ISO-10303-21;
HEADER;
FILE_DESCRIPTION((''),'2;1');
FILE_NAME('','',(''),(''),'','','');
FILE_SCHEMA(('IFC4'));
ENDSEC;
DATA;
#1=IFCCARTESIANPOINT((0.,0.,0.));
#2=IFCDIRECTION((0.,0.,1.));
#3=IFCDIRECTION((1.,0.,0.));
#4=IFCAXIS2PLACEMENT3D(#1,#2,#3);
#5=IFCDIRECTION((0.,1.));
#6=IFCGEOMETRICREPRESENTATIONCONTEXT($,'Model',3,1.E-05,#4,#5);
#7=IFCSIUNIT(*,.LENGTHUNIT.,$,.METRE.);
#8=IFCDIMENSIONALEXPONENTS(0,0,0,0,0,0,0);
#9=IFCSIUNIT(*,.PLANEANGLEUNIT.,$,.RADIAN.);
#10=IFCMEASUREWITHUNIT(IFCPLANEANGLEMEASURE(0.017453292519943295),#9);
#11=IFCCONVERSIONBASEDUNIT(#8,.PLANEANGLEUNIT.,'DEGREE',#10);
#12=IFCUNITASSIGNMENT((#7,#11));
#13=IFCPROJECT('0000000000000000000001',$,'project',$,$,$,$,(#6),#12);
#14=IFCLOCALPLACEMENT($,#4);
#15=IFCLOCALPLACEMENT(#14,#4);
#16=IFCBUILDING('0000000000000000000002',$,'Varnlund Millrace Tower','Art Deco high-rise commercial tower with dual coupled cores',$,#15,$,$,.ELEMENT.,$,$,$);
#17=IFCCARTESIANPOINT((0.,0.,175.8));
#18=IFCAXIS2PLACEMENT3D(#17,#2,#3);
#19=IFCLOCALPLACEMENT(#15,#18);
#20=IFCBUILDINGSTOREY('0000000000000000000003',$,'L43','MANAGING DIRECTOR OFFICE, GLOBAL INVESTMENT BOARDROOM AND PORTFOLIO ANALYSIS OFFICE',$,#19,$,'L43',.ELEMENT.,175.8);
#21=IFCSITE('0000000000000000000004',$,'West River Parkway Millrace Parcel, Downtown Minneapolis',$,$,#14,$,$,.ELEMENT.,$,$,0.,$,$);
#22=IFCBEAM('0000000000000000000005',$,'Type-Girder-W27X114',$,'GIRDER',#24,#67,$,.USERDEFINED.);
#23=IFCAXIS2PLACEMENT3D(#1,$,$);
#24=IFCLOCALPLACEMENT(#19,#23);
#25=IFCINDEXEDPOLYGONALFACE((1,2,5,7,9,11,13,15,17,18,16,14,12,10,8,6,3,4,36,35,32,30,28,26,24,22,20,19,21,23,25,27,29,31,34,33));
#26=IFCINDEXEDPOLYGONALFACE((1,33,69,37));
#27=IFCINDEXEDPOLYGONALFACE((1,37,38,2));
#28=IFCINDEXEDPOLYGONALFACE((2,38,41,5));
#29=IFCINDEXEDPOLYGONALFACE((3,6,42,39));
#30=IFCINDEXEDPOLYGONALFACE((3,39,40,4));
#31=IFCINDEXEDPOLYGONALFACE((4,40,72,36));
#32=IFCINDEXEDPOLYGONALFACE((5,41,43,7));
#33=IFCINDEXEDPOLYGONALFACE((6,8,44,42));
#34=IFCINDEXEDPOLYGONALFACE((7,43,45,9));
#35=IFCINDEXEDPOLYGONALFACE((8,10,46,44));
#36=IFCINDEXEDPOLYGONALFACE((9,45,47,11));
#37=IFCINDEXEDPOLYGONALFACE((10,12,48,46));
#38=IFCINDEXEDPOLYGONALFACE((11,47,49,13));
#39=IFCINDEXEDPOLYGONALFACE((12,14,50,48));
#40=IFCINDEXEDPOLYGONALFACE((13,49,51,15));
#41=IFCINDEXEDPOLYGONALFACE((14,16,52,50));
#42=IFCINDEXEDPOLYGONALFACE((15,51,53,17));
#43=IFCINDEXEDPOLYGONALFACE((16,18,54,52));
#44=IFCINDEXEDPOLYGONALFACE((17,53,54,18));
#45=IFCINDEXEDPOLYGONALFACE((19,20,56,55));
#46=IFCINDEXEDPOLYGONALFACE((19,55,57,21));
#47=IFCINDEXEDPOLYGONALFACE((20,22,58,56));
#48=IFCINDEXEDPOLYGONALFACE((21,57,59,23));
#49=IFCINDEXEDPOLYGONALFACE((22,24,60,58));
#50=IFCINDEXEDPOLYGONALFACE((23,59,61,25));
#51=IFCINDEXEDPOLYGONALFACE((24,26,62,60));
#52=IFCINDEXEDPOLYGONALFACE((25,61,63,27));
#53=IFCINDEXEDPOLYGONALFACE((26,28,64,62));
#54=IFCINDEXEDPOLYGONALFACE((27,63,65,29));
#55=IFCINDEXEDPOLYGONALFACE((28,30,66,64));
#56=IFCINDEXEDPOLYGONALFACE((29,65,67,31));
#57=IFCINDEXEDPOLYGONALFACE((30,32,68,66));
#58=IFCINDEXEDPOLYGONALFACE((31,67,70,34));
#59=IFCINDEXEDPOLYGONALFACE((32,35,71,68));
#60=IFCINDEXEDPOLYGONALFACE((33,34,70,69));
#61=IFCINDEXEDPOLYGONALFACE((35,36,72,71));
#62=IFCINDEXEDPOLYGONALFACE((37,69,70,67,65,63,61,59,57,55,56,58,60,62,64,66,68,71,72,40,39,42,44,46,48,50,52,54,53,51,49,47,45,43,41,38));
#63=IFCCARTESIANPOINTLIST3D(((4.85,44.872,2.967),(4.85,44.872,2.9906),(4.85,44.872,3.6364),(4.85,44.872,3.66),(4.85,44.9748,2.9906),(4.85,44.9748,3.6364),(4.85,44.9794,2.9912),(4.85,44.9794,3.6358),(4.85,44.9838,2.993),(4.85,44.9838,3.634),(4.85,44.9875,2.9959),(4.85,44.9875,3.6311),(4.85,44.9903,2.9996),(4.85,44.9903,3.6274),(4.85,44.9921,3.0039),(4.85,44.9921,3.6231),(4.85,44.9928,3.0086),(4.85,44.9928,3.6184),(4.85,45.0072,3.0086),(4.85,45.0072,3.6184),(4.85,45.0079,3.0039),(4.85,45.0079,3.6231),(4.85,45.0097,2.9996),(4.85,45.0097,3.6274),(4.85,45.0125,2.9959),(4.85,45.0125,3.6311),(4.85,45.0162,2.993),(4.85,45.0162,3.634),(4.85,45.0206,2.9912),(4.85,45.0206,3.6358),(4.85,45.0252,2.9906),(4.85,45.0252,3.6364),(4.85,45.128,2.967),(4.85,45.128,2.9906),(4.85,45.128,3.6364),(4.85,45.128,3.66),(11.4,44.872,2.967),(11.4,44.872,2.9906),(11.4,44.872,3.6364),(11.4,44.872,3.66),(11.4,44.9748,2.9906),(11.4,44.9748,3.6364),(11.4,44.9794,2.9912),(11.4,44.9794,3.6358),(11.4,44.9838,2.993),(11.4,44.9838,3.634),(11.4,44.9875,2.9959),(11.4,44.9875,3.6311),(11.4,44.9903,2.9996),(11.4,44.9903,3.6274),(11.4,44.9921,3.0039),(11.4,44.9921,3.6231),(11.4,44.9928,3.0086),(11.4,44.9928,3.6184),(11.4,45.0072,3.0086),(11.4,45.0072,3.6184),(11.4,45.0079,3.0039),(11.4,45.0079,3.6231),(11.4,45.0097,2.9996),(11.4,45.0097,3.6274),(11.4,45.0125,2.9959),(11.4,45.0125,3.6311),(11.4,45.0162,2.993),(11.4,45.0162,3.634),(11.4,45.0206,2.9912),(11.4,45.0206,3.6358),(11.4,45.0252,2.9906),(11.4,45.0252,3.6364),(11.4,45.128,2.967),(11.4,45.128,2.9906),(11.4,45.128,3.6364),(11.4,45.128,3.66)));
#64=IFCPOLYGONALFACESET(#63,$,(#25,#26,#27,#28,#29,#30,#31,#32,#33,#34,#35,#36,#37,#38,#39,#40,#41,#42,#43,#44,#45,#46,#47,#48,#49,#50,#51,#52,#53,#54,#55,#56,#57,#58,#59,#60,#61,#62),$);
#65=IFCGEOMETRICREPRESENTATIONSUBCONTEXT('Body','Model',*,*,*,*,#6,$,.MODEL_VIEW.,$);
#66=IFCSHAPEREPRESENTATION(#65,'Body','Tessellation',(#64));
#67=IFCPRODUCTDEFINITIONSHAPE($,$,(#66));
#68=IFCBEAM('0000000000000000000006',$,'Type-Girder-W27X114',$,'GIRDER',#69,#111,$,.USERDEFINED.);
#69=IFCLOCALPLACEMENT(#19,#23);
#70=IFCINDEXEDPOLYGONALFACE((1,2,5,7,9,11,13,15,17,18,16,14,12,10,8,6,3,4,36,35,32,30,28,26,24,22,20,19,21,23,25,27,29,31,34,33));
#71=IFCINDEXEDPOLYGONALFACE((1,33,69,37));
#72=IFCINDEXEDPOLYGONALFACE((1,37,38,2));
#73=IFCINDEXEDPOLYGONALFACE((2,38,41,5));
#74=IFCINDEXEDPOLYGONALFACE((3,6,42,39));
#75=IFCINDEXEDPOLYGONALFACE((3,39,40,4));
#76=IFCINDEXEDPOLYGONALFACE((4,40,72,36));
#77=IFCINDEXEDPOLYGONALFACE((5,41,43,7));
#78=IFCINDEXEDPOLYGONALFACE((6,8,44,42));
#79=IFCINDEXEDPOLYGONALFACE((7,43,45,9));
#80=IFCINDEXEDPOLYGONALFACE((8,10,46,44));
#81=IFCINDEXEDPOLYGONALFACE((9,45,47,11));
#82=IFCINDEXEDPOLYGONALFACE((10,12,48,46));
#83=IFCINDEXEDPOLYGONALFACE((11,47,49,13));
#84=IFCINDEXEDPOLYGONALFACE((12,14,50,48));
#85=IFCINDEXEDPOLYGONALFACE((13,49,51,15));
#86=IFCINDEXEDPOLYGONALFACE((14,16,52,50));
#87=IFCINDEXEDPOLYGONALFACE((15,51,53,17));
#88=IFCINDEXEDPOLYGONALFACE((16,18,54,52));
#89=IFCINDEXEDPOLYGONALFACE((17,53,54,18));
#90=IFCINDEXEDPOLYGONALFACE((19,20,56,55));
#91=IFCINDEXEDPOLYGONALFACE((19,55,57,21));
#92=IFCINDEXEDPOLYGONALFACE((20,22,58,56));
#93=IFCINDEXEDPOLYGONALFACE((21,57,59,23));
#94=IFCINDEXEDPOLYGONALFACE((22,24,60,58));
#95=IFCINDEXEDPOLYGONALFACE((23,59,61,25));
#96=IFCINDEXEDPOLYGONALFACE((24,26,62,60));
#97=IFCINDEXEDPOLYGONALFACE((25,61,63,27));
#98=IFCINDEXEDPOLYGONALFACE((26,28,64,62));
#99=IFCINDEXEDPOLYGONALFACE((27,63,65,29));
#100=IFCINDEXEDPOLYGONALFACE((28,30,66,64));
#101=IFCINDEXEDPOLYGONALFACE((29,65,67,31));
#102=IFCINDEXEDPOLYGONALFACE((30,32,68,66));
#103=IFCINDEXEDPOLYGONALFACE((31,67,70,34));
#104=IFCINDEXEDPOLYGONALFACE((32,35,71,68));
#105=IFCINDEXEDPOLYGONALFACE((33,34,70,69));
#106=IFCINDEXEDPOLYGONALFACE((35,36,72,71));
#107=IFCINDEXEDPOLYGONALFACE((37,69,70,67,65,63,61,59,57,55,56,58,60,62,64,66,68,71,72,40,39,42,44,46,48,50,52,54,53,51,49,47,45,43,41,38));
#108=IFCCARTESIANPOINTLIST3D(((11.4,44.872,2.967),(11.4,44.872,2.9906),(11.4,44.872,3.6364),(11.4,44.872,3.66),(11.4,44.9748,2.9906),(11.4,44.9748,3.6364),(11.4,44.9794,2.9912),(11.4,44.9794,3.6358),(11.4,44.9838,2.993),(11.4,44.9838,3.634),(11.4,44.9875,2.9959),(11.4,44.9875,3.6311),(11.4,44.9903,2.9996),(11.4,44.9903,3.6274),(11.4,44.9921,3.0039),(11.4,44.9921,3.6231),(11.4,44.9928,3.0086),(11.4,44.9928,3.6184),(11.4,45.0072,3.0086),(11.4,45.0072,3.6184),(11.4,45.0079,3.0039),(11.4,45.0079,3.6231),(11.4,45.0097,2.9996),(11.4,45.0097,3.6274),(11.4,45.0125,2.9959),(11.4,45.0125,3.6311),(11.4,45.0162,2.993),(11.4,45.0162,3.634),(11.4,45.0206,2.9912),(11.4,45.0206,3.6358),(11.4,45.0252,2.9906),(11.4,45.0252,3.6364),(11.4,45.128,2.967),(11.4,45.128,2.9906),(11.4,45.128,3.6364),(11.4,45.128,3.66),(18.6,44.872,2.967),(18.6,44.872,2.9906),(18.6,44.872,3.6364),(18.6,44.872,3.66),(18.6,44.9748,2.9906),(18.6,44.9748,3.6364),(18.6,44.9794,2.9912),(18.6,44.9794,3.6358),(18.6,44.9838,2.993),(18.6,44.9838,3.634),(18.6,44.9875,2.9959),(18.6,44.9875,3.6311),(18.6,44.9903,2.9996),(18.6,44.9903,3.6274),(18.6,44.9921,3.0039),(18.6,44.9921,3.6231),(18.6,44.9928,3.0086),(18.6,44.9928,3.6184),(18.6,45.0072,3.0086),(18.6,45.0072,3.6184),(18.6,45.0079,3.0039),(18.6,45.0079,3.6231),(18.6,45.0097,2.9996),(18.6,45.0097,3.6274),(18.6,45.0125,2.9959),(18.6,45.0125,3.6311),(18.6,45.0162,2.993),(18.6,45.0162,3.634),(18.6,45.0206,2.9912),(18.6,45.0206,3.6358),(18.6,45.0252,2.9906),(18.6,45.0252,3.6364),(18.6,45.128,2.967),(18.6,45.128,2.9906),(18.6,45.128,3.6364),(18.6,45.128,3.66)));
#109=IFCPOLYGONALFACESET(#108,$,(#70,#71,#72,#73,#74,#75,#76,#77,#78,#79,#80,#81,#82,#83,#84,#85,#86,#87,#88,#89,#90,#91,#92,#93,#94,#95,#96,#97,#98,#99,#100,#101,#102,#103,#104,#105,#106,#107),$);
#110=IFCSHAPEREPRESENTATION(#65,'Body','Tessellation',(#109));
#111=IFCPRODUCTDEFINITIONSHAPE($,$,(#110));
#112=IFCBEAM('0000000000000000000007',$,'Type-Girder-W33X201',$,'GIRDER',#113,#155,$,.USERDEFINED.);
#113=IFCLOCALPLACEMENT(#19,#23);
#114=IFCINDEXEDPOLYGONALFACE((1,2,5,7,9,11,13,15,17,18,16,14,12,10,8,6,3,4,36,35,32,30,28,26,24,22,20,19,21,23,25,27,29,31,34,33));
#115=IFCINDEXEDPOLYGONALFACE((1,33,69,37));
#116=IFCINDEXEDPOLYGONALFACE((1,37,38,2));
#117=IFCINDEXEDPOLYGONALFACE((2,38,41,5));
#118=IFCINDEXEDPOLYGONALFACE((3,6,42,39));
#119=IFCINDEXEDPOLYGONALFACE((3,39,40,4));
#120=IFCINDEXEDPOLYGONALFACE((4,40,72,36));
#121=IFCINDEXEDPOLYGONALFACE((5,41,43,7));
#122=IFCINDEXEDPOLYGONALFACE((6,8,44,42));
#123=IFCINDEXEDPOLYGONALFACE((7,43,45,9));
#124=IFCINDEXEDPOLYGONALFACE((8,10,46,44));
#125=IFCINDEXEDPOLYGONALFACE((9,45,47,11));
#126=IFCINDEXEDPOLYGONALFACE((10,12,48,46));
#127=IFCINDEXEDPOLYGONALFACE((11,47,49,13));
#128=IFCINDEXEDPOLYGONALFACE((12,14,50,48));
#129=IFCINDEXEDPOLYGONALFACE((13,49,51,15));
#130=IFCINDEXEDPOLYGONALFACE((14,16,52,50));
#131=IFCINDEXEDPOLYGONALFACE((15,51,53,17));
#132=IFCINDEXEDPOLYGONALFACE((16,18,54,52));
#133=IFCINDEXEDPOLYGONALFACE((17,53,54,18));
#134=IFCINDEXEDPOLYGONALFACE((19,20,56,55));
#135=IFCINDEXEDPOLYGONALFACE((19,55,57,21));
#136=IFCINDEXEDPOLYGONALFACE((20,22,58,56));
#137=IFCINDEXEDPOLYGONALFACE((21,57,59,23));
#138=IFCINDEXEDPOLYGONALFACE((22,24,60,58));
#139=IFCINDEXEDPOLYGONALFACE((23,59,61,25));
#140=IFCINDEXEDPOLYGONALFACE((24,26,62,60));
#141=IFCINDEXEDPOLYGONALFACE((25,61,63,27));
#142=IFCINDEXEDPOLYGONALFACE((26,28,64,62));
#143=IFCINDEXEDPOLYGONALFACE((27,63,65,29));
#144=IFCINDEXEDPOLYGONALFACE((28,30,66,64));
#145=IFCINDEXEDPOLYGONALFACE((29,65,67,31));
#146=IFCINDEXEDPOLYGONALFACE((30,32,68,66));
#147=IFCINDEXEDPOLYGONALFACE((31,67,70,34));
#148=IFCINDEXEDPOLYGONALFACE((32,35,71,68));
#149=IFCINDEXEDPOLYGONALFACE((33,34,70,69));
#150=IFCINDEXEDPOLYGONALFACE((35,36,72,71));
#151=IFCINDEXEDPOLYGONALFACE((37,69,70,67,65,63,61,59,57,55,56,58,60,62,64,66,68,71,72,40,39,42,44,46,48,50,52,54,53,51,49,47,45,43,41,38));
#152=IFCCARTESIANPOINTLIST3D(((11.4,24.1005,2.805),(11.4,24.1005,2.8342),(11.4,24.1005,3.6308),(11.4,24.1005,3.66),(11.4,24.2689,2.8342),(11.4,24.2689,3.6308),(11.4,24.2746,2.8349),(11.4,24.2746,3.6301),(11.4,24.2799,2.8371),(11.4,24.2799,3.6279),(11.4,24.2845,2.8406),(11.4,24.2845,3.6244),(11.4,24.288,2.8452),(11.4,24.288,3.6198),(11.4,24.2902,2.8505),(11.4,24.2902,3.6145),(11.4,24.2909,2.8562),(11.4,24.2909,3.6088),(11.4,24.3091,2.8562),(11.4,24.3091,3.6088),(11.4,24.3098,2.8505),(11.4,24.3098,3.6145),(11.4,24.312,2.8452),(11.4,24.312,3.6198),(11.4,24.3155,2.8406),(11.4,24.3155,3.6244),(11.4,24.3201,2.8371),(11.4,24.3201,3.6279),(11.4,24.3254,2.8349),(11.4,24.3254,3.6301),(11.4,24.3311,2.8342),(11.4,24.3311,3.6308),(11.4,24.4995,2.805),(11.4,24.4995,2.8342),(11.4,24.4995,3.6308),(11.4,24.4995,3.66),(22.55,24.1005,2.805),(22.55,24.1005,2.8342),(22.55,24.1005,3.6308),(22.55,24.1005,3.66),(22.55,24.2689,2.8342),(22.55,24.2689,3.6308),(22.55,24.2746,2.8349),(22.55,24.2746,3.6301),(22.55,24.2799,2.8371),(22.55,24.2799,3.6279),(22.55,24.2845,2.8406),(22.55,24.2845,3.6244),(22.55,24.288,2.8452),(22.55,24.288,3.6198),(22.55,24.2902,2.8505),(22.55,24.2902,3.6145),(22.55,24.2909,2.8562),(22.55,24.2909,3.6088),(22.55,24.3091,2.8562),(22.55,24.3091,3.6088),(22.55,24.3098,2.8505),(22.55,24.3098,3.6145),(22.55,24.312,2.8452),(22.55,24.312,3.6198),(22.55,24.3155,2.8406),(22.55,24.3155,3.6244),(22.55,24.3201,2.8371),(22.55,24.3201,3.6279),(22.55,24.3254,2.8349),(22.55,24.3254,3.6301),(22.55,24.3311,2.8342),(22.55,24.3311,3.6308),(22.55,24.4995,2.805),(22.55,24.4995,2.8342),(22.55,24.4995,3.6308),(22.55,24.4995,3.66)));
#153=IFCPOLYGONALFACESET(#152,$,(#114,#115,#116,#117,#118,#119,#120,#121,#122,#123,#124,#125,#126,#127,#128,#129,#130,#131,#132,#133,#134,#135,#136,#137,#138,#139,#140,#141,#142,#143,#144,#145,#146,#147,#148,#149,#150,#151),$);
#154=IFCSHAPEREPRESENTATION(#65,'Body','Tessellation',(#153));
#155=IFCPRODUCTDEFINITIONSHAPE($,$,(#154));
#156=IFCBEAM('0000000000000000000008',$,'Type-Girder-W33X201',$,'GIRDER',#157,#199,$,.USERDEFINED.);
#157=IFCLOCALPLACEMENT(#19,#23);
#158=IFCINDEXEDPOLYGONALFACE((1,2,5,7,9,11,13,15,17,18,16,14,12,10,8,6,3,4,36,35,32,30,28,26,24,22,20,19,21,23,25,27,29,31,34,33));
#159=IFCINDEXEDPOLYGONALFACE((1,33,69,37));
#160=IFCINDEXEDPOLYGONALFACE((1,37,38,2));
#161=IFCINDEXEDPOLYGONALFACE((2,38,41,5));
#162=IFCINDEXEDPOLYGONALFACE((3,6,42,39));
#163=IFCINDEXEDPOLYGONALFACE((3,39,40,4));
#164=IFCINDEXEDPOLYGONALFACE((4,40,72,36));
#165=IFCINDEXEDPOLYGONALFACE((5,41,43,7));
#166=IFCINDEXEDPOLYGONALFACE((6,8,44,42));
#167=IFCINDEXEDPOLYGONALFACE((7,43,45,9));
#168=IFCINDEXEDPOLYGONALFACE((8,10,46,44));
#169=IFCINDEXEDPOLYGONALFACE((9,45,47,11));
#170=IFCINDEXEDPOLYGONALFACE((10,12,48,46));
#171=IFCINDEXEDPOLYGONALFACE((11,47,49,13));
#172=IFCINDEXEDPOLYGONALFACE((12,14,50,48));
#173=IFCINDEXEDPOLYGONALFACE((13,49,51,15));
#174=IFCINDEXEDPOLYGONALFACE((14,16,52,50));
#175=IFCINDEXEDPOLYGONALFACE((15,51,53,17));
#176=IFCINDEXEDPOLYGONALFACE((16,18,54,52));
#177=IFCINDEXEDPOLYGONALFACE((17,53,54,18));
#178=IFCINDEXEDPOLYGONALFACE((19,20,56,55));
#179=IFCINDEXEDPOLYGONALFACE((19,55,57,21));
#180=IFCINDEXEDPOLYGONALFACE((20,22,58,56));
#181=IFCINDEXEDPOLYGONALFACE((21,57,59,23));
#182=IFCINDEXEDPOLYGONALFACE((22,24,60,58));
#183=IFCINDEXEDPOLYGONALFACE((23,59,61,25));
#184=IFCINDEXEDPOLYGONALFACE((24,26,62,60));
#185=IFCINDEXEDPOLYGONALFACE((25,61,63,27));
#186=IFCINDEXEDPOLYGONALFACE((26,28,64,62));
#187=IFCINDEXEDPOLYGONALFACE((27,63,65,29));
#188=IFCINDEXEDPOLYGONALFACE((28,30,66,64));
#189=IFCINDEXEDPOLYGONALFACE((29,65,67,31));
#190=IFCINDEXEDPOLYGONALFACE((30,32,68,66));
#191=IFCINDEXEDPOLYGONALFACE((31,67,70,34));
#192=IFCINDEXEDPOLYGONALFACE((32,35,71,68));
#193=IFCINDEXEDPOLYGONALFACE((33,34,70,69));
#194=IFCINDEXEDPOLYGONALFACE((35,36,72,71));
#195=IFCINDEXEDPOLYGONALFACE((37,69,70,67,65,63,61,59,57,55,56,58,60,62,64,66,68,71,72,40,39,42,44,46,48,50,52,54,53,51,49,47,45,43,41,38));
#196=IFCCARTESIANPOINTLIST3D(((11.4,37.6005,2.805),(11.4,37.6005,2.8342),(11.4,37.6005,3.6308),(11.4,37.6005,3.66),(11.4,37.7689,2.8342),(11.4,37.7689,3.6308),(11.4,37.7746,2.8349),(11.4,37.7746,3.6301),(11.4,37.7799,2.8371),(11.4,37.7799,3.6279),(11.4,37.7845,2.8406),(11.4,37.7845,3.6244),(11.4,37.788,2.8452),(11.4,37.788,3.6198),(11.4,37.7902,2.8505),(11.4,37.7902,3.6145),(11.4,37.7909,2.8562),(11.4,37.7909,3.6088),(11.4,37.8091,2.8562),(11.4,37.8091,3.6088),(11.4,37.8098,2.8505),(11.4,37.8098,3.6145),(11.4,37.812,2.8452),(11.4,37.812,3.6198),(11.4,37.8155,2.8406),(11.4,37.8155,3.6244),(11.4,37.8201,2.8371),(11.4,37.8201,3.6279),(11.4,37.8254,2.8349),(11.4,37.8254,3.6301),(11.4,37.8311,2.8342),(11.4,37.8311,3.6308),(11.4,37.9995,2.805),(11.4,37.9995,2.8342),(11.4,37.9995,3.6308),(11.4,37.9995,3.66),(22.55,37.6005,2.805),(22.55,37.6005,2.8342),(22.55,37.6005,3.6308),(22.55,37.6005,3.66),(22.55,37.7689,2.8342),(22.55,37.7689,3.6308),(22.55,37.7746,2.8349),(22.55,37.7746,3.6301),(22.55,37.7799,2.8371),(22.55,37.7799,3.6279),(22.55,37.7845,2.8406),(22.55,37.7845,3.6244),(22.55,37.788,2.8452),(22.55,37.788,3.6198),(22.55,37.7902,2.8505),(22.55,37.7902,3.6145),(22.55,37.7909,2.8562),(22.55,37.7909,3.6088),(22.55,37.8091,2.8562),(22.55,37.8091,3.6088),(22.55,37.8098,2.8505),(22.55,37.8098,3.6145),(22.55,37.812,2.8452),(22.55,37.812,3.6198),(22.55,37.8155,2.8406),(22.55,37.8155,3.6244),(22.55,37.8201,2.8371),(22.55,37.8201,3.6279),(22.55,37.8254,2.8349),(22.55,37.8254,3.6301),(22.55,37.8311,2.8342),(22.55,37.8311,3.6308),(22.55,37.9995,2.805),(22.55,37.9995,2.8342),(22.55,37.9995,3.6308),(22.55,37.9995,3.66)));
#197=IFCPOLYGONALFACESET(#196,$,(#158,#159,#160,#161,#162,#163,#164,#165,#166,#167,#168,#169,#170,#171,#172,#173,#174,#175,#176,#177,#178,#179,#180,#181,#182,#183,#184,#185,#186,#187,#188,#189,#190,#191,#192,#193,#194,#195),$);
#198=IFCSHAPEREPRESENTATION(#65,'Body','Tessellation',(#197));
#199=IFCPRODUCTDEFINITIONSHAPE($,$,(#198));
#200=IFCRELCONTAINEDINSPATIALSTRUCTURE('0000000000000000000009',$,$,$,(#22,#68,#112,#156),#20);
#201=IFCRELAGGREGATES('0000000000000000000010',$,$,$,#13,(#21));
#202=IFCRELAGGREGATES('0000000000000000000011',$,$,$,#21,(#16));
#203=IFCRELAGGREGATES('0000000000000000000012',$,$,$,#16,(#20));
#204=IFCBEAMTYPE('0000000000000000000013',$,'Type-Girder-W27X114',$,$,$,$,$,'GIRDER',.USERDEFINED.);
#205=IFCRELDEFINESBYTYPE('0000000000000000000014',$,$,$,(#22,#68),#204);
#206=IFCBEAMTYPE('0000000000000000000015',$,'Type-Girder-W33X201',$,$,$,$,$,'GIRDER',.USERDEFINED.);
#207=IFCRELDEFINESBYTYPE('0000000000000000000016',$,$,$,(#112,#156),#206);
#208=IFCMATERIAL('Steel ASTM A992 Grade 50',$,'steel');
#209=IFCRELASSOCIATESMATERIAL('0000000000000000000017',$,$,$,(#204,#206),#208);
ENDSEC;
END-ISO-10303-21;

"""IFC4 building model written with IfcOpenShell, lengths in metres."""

from ifc_helpers import new_model, entity, si_unit, converted_unit, direction, frame, origin_with_axes, origin_2d_with_axis, place, context, subcontext, project, spatial, i_section, extrude, material, material_profile, profile_set, type_object, element, save


model = new_model("IFC4")

# Units and contexts
model_context = context("Model", 3, precision=1e-05, world=origin_with_axes(), true_north=direction((0.0, 1.0)))
body_context = subcontext(model_context, "Body", "Model", "MODEL_VIEW")
ifc_project = project(units=[si_unit("LENGTHUNIT", "METRE"), converted_unit("PLANEANGLEUNIT", "DEGREE", entity("IfcPlaneAngleMeasure", 0.017453292519943295), si_unit("PLANEANGLEUNIT", "RADIAN"), dimensions=[0, 0, 0, 0, 0, 0, 0])], contexts=[model_context])

# Site, building, storey
site_placement = place(None, origin_with_axes())
site = spatial("IfcSite", under=ifc_project, at=site_placement, Name="West River Parkway Millrace Parcel, Downtown Minneapolis", CompositionType="ELEMENT", RefElevation=0.0)
building_placement = place(site_placement, origin_with_axes())
building = spatial("IfcBuilding", under=site, at=building_placement, Name="Varnlund Millrace Tower", Description="Art Deco high-rise commercial tower with dual coupled cores", CompositionType="ELEMENT")
storey_placement = place(building_placement, frame((0.0, 0.0, 175.8), z_axis=(0.0, 0.0, 1.0), x_axis=(1.0, 0.0, 0.0)))
storey = spatial("IfcBuildingStorey", under=building, at=storey_placement, Name="L43", Description="MANAGING DIRECTOR OFFICE, GLOBAL INVESTMENT BOARDROOM AND PORTFOLIO ANALYSIS OFFICE", LongName="L43", CompositionType="ELEMENT", Elevation=175.8)

# Beams
ifc_material_1 = material(Name="Steel ASTM A992 Grade 50", Category="steel")
ifc_material_profile_1 = material_profile(ifc_material_1, i_section(OverallWidth=0.256, OverallDepth=0.693, WebThickness=0.0145, FlangeThickness=0.0236, FilletRadius=0.018, at=origin_2d_with_axis()), Name="Steel ASTM A992 Grade 50")
ifc_profile_set_1 = profile_set([ifc_material_profile_1], Name="Steel ASTM A992 Grade 50")
beam_type_1 = type_object("IfcBeamType", Name="Type-Girder-W27X114", ElementType="GIRDER", PredefinedType="USERDEFINED", material=ifc_profile_set_1)
beam_1_placement = place(storey_placement, frame((4.85, 45.0, 3.3135), z_axis=(1.0, 0.0, 0.0), x_axis=(0.0, 1.0, 0.0)))
element("IfcBeam", 1, at=beam_1_placement, inside=storey, type_object=beam_type_1, Name="Type-Girder-W27X114", ObjectType="GIRDER", PredefinedType="USERDEFINED", context=body_context, shape_type="SweptSolid", body=[
    extrude(i_section(OverallWidth=0.256, OverallDepth=0.693, WebThickness=0.0145, FlangeThickness=0.0236, FilletRadius=0.018, at=origin_2d_with_axis()), origin_with_axes(), (0.0, 0.0, 1.0), 6.55),
])
beam_2_placement = place(storey_placement, frame((11.4, 45.0, 3.3135), z_axis=(1.0, 0.0, 0.0), x_axis=(0.0, 1.0, 0.0)))
element("IfcBeam", 2, at=beam_2_placement, inside=storey, type_object=beam_type_1, Name="Type-Girder-W27X114", ObjectType="GIRDER", PredefinedType="USERDEFINED", context=body_context, shape_type="SweptSolid", body=[
    extrude(i_section(OverallWidth=0.256, OverallDepth=0.693, WebThickness=0.0145, FlangeThickness=0.0236, FilletRadius=0.018, at=origin_2d_with_axis()), origin_with_axes(), (0.0, 0.0, 1.0), 7.2),
])
ifc_material_profile_2 = material_profile(ifc_material_1, i_section(OverallWidth=0.399, OverallDepth=0.855, WebThickness=0.0182, FlangeThickness=0.0292, FilletRadius=0.022, at=origin_2d_with_axis()), Name="Steel ASTM A992 Grade 50")
ifc_profile_set_2 = profile_set([ifc_material_profile_2], Name="Steel ASTM A992 Grade 50")
beam_type_2 = type_object("IfcBeamType", Name="Type-Girder-W33X201", ElementType="GIRDER", PredefinedType="USERDEFINED", material=ifc_profile_set_2)
for number, where, z_axis, x_axis, name in (
    (3, (11.4, 24.3, 3.2325), (1.0, 0.0, 0.0), (0.0, 1.0, 0.0), "Type-Girder-W33X201"),
    (4, (11.4, 37.8, 3.2325), (1.0, 0.0, 0.0), (0.0, 1.0, 0.0), "Type-Girder-W33X201"),
):
    element("IfcBeam", number, at=place(storey_placement, frame(where, z_axis=z_axis, x_axis=x_axis)), inside=storey, type_object=beam_type_2, Name=name, ObjectType="GIRDER", PredefinedType="USERDEFINED", context=body_context, shape_type="SweptSolid", body=[
        extrude(i_section(OverallWidth=0.399, OverallDepth=0.855, WebThickness=0.0182, FlangeThickness=0.0292, FilletRadius=0.022, at=origin_2d_with_axis()), origin_with_axes(), (0.0, 0.0, 1.0), 11.15),
    ])

save(model, "model.ifc")
